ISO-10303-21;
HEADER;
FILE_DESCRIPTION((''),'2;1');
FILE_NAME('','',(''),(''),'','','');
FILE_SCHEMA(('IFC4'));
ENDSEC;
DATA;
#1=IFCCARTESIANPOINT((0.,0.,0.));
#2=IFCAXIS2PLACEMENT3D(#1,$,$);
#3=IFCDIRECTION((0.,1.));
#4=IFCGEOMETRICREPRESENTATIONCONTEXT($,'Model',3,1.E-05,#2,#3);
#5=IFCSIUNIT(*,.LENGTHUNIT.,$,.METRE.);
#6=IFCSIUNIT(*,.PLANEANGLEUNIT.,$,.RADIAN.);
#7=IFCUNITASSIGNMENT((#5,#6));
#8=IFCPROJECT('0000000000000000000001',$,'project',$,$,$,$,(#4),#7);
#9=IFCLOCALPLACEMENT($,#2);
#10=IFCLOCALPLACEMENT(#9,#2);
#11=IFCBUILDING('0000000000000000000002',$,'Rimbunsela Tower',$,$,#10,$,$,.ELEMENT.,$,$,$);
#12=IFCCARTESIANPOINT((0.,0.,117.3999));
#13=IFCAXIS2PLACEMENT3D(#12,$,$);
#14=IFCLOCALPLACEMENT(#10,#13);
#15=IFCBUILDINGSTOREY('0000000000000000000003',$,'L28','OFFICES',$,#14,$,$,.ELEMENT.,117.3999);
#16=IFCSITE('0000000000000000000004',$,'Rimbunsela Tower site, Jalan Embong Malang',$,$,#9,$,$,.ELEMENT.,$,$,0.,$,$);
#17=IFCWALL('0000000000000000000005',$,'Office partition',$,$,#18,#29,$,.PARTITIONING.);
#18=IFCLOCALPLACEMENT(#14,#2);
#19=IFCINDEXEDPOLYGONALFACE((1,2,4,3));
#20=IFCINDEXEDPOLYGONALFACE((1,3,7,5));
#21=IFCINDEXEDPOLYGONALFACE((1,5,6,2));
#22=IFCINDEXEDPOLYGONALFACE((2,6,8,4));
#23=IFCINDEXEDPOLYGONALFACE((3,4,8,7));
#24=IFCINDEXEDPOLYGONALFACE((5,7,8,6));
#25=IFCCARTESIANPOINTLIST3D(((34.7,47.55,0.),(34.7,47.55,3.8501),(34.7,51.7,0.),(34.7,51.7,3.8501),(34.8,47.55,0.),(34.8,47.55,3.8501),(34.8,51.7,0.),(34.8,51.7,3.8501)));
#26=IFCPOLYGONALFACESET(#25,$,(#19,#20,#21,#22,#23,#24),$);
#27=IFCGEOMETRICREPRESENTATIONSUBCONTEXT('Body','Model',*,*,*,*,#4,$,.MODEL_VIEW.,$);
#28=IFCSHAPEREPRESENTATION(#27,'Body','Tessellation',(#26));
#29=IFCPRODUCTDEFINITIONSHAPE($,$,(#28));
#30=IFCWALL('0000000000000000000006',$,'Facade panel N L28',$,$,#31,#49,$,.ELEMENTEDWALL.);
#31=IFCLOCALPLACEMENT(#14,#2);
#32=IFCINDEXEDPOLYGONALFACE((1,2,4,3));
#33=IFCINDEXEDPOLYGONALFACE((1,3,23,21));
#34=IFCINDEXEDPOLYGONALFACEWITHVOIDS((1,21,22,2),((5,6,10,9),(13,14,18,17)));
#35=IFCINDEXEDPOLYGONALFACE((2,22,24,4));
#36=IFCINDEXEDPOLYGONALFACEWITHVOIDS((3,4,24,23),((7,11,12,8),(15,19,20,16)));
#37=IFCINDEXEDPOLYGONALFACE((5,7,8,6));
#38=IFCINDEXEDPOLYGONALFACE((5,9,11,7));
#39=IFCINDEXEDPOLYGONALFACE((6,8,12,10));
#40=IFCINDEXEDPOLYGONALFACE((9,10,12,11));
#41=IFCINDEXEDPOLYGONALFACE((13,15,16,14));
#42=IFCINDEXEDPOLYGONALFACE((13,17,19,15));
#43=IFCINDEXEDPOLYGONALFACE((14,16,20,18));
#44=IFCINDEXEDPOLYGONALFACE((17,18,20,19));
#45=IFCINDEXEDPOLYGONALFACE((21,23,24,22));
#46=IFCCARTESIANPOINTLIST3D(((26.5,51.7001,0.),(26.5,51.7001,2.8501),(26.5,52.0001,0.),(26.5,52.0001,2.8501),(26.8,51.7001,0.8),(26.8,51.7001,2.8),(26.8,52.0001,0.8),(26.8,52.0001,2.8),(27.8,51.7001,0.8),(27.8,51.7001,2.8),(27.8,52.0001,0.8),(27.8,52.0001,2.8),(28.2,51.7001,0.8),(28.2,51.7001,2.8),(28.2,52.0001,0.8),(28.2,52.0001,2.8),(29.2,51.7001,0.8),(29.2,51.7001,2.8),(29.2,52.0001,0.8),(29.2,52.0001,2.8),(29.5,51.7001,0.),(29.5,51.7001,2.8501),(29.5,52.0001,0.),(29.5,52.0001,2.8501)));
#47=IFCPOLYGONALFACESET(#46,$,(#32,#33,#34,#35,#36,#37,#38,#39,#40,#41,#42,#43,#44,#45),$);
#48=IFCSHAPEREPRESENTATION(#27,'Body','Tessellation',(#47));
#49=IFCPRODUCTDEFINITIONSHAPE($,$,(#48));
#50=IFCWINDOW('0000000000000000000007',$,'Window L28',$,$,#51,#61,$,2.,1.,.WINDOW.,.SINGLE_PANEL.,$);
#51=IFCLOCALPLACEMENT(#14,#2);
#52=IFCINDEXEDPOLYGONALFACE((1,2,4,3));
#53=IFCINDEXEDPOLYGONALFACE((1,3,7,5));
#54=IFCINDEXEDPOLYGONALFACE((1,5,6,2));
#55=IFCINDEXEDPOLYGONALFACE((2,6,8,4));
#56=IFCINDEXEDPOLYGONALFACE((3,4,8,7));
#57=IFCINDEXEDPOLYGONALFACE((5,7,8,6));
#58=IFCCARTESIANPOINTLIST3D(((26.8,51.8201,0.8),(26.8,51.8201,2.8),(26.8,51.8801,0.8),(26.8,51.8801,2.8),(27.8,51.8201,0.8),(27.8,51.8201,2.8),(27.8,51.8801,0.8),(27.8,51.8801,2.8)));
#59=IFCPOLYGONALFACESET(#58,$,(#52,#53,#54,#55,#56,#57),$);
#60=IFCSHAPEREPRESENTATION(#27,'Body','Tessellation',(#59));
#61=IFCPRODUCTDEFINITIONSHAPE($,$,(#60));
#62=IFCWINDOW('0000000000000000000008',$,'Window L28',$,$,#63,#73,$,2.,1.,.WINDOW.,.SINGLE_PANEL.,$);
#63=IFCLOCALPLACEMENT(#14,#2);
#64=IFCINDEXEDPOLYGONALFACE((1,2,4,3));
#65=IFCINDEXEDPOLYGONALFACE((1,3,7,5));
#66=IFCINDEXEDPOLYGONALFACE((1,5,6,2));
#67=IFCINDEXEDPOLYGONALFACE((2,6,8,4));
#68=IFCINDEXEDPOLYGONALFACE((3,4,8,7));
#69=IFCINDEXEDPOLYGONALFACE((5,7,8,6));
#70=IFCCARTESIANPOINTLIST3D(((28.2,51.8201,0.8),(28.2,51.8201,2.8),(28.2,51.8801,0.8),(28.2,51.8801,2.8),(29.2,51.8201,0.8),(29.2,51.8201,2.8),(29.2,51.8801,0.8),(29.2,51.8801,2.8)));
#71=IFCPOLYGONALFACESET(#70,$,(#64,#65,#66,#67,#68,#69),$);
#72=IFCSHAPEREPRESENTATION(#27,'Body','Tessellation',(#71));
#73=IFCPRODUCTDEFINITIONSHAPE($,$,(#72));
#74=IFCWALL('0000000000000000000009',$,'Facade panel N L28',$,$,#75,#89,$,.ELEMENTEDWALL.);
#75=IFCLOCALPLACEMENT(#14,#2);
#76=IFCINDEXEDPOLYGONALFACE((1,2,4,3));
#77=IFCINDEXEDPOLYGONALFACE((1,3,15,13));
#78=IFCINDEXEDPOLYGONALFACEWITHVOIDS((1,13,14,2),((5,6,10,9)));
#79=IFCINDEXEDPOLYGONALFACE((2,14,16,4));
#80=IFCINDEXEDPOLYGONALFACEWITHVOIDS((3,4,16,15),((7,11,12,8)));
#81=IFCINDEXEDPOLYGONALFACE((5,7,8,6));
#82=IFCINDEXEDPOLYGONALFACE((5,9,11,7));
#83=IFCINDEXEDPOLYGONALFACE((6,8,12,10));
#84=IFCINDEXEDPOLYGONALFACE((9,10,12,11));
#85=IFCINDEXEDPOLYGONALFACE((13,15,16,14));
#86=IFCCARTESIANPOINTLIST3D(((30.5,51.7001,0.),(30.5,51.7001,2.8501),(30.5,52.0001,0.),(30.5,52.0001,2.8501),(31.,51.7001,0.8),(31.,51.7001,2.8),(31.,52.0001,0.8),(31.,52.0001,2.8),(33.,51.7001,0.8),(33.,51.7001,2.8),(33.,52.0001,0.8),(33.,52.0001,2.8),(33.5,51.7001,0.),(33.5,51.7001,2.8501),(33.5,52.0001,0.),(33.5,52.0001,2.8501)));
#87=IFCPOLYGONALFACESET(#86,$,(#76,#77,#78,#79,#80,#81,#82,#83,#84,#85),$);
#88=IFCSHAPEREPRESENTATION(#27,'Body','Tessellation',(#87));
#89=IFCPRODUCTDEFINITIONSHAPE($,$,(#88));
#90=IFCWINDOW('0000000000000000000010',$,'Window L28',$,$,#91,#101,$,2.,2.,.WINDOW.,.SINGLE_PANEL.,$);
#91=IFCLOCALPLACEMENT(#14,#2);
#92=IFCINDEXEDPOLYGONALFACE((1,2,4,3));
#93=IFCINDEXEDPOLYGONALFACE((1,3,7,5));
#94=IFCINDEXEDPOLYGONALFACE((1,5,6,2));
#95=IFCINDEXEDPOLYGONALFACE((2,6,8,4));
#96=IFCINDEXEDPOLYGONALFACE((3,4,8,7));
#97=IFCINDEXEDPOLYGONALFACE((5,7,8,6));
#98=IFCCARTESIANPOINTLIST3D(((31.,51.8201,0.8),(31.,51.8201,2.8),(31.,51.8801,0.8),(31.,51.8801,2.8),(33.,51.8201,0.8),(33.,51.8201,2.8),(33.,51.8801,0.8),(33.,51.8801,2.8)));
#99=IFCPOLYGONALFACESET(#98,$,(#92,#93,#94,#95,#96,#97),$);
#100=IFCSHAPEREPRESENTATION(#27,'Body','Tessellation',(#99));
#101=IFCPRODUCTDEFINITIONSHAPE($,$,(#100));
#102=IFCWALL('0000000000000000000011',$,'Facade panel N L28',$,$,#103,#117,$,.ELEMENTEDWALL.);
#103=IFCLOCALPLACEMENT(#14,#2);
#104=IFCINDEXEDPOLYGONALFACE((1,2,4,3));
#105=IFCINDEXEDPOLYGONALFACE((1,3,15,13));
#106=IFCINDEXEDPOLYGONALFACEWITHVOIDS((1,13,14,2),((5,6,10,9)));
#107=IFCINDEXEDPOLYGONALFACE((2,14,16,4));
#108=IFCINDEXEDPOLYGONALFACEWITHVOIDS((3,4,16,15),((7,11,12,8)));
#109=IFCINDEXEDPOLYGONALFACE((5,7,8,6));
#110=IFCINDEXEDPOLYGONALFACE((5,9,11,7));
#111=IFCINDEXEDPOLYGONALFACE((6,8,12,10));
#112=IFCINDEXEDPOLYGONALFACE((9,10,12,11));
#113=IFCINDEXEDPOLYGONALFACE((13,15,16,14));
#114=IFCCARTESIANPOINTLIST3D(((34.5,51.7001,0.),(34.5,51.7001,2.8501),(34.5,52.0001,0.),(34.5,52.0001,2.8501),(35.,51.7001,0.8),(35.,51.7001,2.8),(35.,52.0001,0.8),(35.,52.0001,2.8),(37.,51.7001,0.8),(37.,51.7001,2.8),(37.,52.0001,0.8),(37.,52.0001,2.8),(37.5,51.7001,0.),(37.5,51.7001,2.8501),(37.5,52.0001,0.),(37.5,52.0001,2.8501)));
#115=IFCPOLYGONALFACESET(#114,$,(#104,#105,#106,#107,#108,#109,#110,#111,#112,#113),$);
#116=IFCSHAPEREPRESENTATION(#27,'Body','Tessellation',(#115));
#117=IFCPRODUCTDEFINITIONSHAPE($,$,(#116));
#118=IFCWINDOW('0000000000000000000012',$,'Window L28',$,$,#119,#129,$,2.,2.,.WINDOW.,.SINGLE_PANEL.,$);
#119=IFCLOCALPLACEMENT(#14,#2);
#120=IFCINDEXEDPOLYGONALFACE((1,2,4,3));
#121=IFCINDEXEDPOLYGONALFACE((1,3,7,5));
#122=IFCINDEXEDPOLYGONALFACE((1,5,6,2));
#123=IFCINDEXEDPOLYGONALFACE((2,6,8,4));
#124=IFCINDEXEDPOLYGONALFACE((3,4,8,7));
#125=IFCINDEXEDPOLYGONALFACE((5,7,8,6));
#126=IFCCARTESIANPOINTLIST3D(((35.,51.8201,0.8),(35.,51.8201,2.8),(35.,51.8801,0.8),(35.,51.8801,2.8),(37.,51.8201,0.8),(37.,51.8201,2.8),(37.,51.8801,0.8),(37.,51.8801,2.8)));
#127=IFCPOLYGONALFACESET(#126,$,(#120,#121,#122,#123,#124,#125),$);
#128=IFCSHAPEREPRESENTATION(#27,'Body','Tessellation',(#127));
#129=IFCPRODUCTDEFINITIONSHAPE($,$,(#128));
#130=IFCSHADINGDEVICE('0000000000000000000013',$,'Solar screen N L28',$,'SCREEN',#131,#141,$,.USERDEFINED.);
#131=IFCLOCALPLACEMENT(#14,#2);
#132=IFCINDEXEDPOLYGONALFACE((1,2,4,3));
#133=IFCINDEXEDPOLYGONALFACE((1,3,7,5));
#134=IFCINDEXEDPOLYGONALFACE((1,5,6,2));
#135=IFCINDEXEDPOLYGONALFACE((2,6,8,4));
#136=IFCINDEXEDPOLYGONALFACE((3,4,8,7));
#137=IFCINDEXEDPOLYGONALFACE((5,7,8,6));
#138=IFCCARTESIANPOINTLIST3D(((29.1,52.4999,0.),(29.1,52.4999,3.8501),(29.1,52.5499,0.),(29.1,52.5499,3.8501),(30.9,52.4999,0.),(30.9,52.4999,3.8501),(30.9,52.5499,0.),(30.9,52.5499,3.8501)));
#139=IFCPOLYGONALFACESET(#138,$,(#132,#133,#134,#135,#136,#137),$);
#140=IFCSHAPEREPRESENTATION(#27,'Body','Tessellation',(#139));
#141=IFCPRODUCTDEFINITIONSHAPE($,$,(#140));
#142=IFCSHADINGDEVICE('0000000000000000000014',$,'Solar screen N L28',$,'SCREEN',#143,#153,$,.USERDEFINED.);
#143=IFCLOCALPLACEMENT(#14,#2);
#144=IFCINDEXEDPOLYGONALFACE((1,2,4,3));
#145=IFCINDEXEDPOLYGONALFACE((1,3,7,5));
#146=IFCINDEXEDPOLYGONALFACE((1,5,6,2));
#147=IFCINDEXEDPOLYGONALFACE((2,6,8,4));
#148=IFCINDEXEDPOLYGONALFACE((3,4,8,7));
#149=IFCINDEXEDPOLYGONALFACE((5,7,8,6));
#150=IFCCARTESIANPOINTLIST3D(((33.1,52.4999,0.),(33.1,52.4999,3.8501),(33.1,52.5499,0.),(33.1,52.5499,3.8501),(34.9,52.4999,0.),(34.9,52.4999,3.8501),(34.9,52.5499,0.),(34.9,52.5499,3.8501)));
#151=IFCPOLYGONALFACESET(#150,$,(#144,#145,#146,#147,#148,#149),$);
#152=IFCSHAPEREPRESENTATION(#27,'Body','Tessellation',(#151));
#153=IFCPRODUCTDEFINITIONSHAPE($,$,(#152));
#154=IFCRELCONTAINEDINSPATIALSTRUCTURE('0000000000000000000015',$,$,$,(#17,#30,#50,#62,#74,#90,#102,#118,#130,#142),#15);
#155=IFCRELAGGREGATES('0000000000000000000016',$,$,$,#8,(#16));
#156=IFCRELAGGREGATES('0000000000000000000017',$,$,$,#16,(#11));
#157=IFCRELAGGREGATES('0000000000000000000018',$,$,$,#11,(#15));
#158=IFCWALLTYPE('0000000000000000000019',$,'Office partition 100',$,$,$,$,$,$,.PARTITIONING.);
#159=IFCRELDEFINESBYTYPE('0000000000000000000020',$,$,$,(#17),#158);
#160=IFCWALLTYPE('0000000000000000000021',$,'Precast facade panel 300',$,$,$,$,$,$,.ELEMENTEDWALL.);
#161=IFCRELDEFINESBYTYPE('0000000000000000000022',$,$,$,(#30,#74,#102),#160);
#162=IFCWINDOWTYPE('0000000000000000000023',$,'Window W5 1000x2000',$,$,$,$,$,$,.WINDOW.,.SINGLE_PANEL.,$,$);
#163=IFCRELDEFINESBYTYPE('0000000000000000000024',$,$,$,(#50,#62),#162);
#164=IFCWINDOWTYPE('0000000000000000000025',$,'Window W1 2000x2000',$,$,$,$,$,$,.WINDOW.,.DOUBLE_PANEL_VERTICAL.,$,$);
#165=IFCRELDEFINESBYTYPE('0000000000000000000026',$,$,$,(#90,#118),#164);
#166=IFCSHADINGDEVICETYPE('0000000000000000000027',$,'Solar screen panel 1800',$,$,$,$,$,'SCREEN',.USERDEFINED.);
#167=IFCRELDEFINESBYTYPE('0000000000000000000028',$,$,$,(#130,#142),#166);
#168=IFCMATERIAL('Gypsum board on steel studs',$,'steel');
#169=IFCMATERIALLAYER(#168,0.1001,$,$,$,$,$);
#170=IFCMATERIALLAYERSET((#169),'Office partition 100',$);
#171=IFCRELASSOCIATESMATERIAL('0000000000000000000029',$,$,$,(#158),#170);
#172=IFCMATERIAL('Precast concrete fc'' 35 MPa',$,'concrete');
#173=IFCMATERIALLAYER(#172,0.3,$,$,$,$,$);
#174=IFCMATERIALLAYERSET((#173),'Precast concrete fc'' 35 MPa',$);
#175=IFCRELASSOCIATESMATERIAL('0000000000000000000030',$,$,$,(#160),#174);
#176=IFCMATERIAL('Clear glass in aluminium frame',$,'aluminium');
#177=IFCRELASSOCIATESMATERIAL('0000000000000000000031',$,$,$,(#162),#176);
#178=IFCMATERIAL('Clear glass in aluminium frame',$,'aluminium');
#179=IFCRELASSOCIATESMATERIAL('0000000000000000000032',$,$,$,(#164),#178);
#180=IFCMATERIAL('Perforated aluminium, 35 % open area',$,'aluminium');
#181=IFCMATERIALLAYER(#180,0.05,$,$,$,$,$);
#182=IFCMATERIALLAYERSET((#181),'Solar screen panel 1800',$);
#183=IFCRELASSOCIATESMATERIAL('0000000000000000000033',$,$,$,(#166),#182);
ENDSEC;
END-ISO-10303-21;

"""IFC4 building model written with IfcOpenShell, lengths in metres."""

from ifc_helpers import new_model, si_unit, direction, frame, frame_2d, origin, origin_2d, place, context, subcontext, project, spatial, rectangle, extrude, material, layer, layer_set, type_object, element, fill, save


model = new_model("IFC4")

# Units and contexts
model_context = context("Model", 3, precision=1e-05, world=origin(), true_north=direction((0.0, 1.0)))
body_context = subcontext(model_context, "Body", "Model", "MODEL_VIEW")
ifc_project = project(units=[si_unit("LENGTHUNIT", "METRE"), si_unit("PLANEANGLEUNIT", "RADIAN")], contexts=[model_context])

# Site, building, storey
site_placement = place(None, origin())
site = spatial("IfcSite", under=ifc_project, at=site_placement, Name="Rimbunsela Tower site, Jalan Embong Malang", CompositionType="ELEMENT", RefElevation=0.0)
building_placement = place(site_placement, origin())
building = spatial("IfcBuilding", under=site, at=building_placement, Name="Rimbunsela Tower", CompositionType="ELEMENT")
storey_placement = place(building_placement, frame((0.0, 0.0, 117.3999)))
storey = spatial("IfcBuildingStorey", under=building, at=storey_placement, Name="L28", Description="OFFICES", CompositionType="ELEMENT", Elevation=117.3999)

# Shared definitions
ifc_material_1 = material(Name="Gypsum board on steel studs", Category="steel")
ifc_layer_1 = layer(ifc_material_1, 0.1001)
ifc_layer_set_1 = layer_set([ifc_layer_1], Name="Office partition 100")
wall_type_1 = type_object("IfcWallType", Name="Office partition 100", PredefinedType="PARTITIONING", material=ifc_layer_set_1)

# Wall
wall_1_placement = place(storey_placement, frame((34.75, 47.55, 0.0), z_axis=(0.0, 0.0, 1.0), x_axis=(0.0, 1.0, 0.0)))
element("IfcWall", 1, at=wall_1_placement, inside=storey, type_object=wall_type_1, Name="Office partition", PredefinedType="PARTITIONING", context=body_context, shape_type="SweptSolid", body=[
    extrude(rectangle(XDim=4.1499, YDim=0.1001, at=frame_2d((2.075, 0.0))), origin(), (0.0, 0.0, 1.0), 3.8501),
])

# Wall, openings, windows
ifc_material_2 = material(Name="Precast concrete fc' 35 MPa", Category="concrete")
ifc_layer_2 = layer(ifc_material_2, 0.3)
ifc_layer_set_2 = layer_set([ifc_layer_2], Name="Precast concrete fc' 35 MPa")
wall_type_2 = type_object("IfcWallType", Name="Precast facade panel 300", PredefinedType="ELEMENTEDWALL", material=ifc_layer_set_2)
wall_2_placement = place(storey_placement, frame((29.5, 51.8501, 0.0), z_axis=(0.0, 0.0, 1.0), x_axis=(-1.0, 0.0, 0.0)))
wall_2 = element("IfcWall", 2, at=wall_2_placement, inside=storey, type_object=wall_type_2, Name="Facade panel N L28", PredefinedType="ELEMENTEDWALL", context=body_context, shape_type="SweptSolid", body=[
    extrude(rectangle(XDim=3.0, YDim=0.3, at=frame_2d((1.5, 0.0))), origin(), (0.0, 0.0, 1.0), 2.8501),
])
opening_1_placement = place(wall_2_placement, frame((1.7, 0.0, 0.8)))
opening_1 = element("IfcOpeningElement", 3, at=opening_1_placement, cuts=wall_2, PredefinedType="OPENING", context=body_context, shape_type="SweptSolid", body=[
    extrude(rectangle(XDim=1.0, YDim=2.0, at=frame_2d((0.5, 1.0))), frame((0.0, 0.1599, 0.0), z_axis=(0.0, -1.0, 0.0), x_axis=(1.0, 0.0, 0.0)), (0.0, 0.0, 1.0), 0.3201),
])
opening_2_placement = place(wall_2_placement, frame((0.3, 0.0, 0.8)))
opening_2 = element("IfcOpeningElement", 4, at=opening_2_placement, cuts=wall_2, PredefinedType="OPENING", context=body_context, shape_type="SweptSolid", body=[
    extrude(rectangle(XDim=1.0, YDim=2.0, at=frame_2d((0.5, 1.0))), frame((0.0, 0.1599, 0.0), z_axis=(0.0, -1.0, 0.0), x_axis=(1.0, 0.0, 0.0)), (0.0, 0.0, 1.0), 0.3201),
])
ifc_material_3 = material(Name="Clear glass in aluminium frame", Category="aluminium")
window_type_1 = type_object("IfcWindowType", Name="Window W5 1000x2000", PartitioningType="SINGLE_PANEL", PredefinedType="WINDOW", material=ifc_material_3)
window_1_placement = place(opening_1_placement, origin())
window_1 = element("IfcWindow", 5, at=window_1_placement, inside=storey, type_object=window_type_1, Name="Window L28", OverallHeight=2.0, OverallWidth=1.0, PartitioningType="SINGLE_PANEL", PredefinedType="WINDOW", context=body_context, shape_type="SweptSolid", body=[
    extrude(rectangle(XDim=1.0, YDim=2.0, at=frame_2d((0.5, 1.0))), frame((0.0, 0.03, 0.0), z_axis=(0.0, -1.0, 0.0), x_axis=(1.0, 0.0, 0.0)), (0.0, 0.0, 1.0), 0.0601),
])
fill(opening_1, window_1)
window_2_placement = place(opening_2_placement, origin())
window_2 = element("IfcWindow", 6, at=window_2_placement, inside=storey, type_object=window_type_1, Name="Window L28", OverallHeight=2.0, OverallWidth=1.0, PartitioningType="SINGLE_PANEL", PredefinedType="WINDOW", context=body_context, shape_type="SweptSolid", body=[
    extrude(rectangle(XDim=1.0, YDim=2.0, at=frame_2d((0.5, 1.0))), frame((0.0, 0.03, 0.0), z_axis=(0.0, -1.0, 0.0), x_axis=(1.0, 0.0, 0.0)), (0.0, 0.0, 1.0), 0.0601),
])
fill(opening_2, window_2)

# Walls, openings, windows
wall_3_placement = place(storey_placement, frame((33.5, 51.8501, 0.0), z_axis=(0.0, 0.0, 1.0), x_axis=(-1.0, 0.0, 0.0)))
wall_3 = element("IfcWall", 7, at=wall_3_placement, inside=storey, type_object=wall_type_2, Name="Facade panel N L28", PredefinedType="ELEMENTEDWALL", context=body_context, shape_type="SweptSolid", body=[
    extrude(rectangle(XDim=3.0, YDim=0.3, at=frame_2d((1.5, 0.0))), origin(), (0.0, 0.0, 1.0), 2.8501),
])
opening_3_placement = place(wall_3_placement, frame((0.5, 0.0, 0.8)))
opening_3 = element("IfcOpeningElement", 8, at=opening_3_placement, cuts=wall_3, PredefinedType="OPENING", context=body_context, shape_type="SweptSolid", body=[
    extrude(rectangle(XDim=2.0, YDim=2.0, at=frame_2d((1.0, 1.0))), frame((0.0, 0.1599, 0.0), z_axis=(0.0, -1.0, 0.0), x_axis=(1.0, 0.0, 0.0)), (0.0, 0.0, 1.0), 0.3201),
])
ifc_material_4 = material(Name="Clear glass in aluminium frame", Category="aluminium")
window_type_2 = type_object("IfcWindowType", Name="Window W1 2000x2000", PartitioningType="DOUBLE_PANEL_VERTICAL", PredefinedType="WINDOW", material=ifc_material_4)
window_3_placement = place(opening_3_placement, origin())
window_3 = element("IfcWindow", 9, at=window_3_placement, inside=storey, type_object=window_type_2, Name="Window L28", OverallHeight=2.0, OverallWidth=2.0, PartitioningType="SINGLE_PANEL", PredefinedType="WINDOW", context=body_context, shape_type="SweptSolid", body=[
    extrude(rectangle(XDim=2.0, YDim=2.0, at=frame_2d((1.0, 1.0))), frame((0.0, 0.03, 0.0), z_axis=(0.0, -1.0, 0.0), x_axis=(1.0, 0.0, 0.0)), (0.0, 0.0, 1.0), 0.0601),
])
fill(opening_3, window_3)
wall_4_placement = place(storey_placement, frame((37.5, 51.8501, 0.0), z_axis=(0.0, 0.0, 1.0), x_axis=(-1.0, 0.0, 0.0)))
wall_4 = element("IfcWall", 10, at=wall_4_placement, inside=storey, type_object=wall_type_2, Name="Facade panel N L28", PredefinedType="ELEMENTEDWALL", context=body_context, shape_type="SweptSolid", body=[
    extrude(rectangle(XDim=3.0, YDim=0.3, at=frame_2d((1.5, 0.0))), origin(), (0.0, 0.0, 1.0), 2.8501),
])
opening_4_placement = place(wall_4_placement, frame((0.5, 0.0, 0.8)))
opening_4 = element("IfcOpeningElement", 11, at=opening_4_placement, cuts=wall_4, PredefinedType="OPENING", context=body_context, shape_type="SweptSolid", body=[
    extrude(rectangle(XDim=2.0, YDim=2.0, at=frame_2d((1.0, 1.0))), frame((0.0, 0.1599, 0.0), z_axis=(0.0, -1.0, 0.0), x_axis=(1.0, 0.0, 0.0)), (0.0, 0.0, 1.0), 0.3201),
])
window_4_placement = place(opening_4_placement, origin())
window_4 = element("IfcWindow", 12, at=window_4_placement, inside=storey, type_object=window_type_2, Name="Window L28", OverallHeight=2.0, OverallWidth=2.0, PartitioningType="SINGLE_PANEL", PredefinedType="WINDOW", context=body_context, shape_type="SweptSolid", body=[
    extrude(rectangle(XDim=2.0, YDim=2.0, at=frame_2d((1.0, 1.0))), frame((0.0, 0.03, 0.0), z_axis=(0.0, -1.0, 0.0), x_axis=(1.0, 0.0, 0.0)), (0.0, 0.0, 1.0), 0.0601),
])
fill(opening_4, window_4)

# Shading devices
ifc_material_5 = material(Name="Perforated aluminium, 35 % open area", Category="aluminium")
ifc_layer_3 = layer(ifc_material_5, 0.05)
ifc_layer_set_3 = layer_set([ifc_layer_3], Name="Solar screen panel 1800")
shading_device_type = type_object("IfcShadingDeviceType", Name="Solar screen panel 1800", ElementType="SCREEN", PredefinedType="USERDEFINED", material=ifc_layer_set_3)
for number, where, z_axis, x_axis, name in (
    (13, (30.0, 52.5249, 0.0), (0.0, 0.0, 1.0), (1.0, 0.0, 0.0), "Solar screen N L28"),
    (14, (34.0, 52.5249, 0.0), (0.0, 0.0, 1.0), (1.0, 0.0, 0.0), "Solar screen N L28"),
):
    element("IfcShadingDevice", number, at=place(storey_placement, frame(where, z_axis=z_axis, x_axis=x_axis)), inside=storey, type_object=shading_device_type, Name=name, ObjectType="SCREEN", PredefinedType="USERDEFINED", context=body_context, shape_type="SweptSolid", body=[
        extrude(rectangle(XDim=1.8, YDim=0.05, at=origin_2d()), origin(), (0.0, 0.0, 1.0), 3.8501),
    ])

save(model, "model.ifc")
